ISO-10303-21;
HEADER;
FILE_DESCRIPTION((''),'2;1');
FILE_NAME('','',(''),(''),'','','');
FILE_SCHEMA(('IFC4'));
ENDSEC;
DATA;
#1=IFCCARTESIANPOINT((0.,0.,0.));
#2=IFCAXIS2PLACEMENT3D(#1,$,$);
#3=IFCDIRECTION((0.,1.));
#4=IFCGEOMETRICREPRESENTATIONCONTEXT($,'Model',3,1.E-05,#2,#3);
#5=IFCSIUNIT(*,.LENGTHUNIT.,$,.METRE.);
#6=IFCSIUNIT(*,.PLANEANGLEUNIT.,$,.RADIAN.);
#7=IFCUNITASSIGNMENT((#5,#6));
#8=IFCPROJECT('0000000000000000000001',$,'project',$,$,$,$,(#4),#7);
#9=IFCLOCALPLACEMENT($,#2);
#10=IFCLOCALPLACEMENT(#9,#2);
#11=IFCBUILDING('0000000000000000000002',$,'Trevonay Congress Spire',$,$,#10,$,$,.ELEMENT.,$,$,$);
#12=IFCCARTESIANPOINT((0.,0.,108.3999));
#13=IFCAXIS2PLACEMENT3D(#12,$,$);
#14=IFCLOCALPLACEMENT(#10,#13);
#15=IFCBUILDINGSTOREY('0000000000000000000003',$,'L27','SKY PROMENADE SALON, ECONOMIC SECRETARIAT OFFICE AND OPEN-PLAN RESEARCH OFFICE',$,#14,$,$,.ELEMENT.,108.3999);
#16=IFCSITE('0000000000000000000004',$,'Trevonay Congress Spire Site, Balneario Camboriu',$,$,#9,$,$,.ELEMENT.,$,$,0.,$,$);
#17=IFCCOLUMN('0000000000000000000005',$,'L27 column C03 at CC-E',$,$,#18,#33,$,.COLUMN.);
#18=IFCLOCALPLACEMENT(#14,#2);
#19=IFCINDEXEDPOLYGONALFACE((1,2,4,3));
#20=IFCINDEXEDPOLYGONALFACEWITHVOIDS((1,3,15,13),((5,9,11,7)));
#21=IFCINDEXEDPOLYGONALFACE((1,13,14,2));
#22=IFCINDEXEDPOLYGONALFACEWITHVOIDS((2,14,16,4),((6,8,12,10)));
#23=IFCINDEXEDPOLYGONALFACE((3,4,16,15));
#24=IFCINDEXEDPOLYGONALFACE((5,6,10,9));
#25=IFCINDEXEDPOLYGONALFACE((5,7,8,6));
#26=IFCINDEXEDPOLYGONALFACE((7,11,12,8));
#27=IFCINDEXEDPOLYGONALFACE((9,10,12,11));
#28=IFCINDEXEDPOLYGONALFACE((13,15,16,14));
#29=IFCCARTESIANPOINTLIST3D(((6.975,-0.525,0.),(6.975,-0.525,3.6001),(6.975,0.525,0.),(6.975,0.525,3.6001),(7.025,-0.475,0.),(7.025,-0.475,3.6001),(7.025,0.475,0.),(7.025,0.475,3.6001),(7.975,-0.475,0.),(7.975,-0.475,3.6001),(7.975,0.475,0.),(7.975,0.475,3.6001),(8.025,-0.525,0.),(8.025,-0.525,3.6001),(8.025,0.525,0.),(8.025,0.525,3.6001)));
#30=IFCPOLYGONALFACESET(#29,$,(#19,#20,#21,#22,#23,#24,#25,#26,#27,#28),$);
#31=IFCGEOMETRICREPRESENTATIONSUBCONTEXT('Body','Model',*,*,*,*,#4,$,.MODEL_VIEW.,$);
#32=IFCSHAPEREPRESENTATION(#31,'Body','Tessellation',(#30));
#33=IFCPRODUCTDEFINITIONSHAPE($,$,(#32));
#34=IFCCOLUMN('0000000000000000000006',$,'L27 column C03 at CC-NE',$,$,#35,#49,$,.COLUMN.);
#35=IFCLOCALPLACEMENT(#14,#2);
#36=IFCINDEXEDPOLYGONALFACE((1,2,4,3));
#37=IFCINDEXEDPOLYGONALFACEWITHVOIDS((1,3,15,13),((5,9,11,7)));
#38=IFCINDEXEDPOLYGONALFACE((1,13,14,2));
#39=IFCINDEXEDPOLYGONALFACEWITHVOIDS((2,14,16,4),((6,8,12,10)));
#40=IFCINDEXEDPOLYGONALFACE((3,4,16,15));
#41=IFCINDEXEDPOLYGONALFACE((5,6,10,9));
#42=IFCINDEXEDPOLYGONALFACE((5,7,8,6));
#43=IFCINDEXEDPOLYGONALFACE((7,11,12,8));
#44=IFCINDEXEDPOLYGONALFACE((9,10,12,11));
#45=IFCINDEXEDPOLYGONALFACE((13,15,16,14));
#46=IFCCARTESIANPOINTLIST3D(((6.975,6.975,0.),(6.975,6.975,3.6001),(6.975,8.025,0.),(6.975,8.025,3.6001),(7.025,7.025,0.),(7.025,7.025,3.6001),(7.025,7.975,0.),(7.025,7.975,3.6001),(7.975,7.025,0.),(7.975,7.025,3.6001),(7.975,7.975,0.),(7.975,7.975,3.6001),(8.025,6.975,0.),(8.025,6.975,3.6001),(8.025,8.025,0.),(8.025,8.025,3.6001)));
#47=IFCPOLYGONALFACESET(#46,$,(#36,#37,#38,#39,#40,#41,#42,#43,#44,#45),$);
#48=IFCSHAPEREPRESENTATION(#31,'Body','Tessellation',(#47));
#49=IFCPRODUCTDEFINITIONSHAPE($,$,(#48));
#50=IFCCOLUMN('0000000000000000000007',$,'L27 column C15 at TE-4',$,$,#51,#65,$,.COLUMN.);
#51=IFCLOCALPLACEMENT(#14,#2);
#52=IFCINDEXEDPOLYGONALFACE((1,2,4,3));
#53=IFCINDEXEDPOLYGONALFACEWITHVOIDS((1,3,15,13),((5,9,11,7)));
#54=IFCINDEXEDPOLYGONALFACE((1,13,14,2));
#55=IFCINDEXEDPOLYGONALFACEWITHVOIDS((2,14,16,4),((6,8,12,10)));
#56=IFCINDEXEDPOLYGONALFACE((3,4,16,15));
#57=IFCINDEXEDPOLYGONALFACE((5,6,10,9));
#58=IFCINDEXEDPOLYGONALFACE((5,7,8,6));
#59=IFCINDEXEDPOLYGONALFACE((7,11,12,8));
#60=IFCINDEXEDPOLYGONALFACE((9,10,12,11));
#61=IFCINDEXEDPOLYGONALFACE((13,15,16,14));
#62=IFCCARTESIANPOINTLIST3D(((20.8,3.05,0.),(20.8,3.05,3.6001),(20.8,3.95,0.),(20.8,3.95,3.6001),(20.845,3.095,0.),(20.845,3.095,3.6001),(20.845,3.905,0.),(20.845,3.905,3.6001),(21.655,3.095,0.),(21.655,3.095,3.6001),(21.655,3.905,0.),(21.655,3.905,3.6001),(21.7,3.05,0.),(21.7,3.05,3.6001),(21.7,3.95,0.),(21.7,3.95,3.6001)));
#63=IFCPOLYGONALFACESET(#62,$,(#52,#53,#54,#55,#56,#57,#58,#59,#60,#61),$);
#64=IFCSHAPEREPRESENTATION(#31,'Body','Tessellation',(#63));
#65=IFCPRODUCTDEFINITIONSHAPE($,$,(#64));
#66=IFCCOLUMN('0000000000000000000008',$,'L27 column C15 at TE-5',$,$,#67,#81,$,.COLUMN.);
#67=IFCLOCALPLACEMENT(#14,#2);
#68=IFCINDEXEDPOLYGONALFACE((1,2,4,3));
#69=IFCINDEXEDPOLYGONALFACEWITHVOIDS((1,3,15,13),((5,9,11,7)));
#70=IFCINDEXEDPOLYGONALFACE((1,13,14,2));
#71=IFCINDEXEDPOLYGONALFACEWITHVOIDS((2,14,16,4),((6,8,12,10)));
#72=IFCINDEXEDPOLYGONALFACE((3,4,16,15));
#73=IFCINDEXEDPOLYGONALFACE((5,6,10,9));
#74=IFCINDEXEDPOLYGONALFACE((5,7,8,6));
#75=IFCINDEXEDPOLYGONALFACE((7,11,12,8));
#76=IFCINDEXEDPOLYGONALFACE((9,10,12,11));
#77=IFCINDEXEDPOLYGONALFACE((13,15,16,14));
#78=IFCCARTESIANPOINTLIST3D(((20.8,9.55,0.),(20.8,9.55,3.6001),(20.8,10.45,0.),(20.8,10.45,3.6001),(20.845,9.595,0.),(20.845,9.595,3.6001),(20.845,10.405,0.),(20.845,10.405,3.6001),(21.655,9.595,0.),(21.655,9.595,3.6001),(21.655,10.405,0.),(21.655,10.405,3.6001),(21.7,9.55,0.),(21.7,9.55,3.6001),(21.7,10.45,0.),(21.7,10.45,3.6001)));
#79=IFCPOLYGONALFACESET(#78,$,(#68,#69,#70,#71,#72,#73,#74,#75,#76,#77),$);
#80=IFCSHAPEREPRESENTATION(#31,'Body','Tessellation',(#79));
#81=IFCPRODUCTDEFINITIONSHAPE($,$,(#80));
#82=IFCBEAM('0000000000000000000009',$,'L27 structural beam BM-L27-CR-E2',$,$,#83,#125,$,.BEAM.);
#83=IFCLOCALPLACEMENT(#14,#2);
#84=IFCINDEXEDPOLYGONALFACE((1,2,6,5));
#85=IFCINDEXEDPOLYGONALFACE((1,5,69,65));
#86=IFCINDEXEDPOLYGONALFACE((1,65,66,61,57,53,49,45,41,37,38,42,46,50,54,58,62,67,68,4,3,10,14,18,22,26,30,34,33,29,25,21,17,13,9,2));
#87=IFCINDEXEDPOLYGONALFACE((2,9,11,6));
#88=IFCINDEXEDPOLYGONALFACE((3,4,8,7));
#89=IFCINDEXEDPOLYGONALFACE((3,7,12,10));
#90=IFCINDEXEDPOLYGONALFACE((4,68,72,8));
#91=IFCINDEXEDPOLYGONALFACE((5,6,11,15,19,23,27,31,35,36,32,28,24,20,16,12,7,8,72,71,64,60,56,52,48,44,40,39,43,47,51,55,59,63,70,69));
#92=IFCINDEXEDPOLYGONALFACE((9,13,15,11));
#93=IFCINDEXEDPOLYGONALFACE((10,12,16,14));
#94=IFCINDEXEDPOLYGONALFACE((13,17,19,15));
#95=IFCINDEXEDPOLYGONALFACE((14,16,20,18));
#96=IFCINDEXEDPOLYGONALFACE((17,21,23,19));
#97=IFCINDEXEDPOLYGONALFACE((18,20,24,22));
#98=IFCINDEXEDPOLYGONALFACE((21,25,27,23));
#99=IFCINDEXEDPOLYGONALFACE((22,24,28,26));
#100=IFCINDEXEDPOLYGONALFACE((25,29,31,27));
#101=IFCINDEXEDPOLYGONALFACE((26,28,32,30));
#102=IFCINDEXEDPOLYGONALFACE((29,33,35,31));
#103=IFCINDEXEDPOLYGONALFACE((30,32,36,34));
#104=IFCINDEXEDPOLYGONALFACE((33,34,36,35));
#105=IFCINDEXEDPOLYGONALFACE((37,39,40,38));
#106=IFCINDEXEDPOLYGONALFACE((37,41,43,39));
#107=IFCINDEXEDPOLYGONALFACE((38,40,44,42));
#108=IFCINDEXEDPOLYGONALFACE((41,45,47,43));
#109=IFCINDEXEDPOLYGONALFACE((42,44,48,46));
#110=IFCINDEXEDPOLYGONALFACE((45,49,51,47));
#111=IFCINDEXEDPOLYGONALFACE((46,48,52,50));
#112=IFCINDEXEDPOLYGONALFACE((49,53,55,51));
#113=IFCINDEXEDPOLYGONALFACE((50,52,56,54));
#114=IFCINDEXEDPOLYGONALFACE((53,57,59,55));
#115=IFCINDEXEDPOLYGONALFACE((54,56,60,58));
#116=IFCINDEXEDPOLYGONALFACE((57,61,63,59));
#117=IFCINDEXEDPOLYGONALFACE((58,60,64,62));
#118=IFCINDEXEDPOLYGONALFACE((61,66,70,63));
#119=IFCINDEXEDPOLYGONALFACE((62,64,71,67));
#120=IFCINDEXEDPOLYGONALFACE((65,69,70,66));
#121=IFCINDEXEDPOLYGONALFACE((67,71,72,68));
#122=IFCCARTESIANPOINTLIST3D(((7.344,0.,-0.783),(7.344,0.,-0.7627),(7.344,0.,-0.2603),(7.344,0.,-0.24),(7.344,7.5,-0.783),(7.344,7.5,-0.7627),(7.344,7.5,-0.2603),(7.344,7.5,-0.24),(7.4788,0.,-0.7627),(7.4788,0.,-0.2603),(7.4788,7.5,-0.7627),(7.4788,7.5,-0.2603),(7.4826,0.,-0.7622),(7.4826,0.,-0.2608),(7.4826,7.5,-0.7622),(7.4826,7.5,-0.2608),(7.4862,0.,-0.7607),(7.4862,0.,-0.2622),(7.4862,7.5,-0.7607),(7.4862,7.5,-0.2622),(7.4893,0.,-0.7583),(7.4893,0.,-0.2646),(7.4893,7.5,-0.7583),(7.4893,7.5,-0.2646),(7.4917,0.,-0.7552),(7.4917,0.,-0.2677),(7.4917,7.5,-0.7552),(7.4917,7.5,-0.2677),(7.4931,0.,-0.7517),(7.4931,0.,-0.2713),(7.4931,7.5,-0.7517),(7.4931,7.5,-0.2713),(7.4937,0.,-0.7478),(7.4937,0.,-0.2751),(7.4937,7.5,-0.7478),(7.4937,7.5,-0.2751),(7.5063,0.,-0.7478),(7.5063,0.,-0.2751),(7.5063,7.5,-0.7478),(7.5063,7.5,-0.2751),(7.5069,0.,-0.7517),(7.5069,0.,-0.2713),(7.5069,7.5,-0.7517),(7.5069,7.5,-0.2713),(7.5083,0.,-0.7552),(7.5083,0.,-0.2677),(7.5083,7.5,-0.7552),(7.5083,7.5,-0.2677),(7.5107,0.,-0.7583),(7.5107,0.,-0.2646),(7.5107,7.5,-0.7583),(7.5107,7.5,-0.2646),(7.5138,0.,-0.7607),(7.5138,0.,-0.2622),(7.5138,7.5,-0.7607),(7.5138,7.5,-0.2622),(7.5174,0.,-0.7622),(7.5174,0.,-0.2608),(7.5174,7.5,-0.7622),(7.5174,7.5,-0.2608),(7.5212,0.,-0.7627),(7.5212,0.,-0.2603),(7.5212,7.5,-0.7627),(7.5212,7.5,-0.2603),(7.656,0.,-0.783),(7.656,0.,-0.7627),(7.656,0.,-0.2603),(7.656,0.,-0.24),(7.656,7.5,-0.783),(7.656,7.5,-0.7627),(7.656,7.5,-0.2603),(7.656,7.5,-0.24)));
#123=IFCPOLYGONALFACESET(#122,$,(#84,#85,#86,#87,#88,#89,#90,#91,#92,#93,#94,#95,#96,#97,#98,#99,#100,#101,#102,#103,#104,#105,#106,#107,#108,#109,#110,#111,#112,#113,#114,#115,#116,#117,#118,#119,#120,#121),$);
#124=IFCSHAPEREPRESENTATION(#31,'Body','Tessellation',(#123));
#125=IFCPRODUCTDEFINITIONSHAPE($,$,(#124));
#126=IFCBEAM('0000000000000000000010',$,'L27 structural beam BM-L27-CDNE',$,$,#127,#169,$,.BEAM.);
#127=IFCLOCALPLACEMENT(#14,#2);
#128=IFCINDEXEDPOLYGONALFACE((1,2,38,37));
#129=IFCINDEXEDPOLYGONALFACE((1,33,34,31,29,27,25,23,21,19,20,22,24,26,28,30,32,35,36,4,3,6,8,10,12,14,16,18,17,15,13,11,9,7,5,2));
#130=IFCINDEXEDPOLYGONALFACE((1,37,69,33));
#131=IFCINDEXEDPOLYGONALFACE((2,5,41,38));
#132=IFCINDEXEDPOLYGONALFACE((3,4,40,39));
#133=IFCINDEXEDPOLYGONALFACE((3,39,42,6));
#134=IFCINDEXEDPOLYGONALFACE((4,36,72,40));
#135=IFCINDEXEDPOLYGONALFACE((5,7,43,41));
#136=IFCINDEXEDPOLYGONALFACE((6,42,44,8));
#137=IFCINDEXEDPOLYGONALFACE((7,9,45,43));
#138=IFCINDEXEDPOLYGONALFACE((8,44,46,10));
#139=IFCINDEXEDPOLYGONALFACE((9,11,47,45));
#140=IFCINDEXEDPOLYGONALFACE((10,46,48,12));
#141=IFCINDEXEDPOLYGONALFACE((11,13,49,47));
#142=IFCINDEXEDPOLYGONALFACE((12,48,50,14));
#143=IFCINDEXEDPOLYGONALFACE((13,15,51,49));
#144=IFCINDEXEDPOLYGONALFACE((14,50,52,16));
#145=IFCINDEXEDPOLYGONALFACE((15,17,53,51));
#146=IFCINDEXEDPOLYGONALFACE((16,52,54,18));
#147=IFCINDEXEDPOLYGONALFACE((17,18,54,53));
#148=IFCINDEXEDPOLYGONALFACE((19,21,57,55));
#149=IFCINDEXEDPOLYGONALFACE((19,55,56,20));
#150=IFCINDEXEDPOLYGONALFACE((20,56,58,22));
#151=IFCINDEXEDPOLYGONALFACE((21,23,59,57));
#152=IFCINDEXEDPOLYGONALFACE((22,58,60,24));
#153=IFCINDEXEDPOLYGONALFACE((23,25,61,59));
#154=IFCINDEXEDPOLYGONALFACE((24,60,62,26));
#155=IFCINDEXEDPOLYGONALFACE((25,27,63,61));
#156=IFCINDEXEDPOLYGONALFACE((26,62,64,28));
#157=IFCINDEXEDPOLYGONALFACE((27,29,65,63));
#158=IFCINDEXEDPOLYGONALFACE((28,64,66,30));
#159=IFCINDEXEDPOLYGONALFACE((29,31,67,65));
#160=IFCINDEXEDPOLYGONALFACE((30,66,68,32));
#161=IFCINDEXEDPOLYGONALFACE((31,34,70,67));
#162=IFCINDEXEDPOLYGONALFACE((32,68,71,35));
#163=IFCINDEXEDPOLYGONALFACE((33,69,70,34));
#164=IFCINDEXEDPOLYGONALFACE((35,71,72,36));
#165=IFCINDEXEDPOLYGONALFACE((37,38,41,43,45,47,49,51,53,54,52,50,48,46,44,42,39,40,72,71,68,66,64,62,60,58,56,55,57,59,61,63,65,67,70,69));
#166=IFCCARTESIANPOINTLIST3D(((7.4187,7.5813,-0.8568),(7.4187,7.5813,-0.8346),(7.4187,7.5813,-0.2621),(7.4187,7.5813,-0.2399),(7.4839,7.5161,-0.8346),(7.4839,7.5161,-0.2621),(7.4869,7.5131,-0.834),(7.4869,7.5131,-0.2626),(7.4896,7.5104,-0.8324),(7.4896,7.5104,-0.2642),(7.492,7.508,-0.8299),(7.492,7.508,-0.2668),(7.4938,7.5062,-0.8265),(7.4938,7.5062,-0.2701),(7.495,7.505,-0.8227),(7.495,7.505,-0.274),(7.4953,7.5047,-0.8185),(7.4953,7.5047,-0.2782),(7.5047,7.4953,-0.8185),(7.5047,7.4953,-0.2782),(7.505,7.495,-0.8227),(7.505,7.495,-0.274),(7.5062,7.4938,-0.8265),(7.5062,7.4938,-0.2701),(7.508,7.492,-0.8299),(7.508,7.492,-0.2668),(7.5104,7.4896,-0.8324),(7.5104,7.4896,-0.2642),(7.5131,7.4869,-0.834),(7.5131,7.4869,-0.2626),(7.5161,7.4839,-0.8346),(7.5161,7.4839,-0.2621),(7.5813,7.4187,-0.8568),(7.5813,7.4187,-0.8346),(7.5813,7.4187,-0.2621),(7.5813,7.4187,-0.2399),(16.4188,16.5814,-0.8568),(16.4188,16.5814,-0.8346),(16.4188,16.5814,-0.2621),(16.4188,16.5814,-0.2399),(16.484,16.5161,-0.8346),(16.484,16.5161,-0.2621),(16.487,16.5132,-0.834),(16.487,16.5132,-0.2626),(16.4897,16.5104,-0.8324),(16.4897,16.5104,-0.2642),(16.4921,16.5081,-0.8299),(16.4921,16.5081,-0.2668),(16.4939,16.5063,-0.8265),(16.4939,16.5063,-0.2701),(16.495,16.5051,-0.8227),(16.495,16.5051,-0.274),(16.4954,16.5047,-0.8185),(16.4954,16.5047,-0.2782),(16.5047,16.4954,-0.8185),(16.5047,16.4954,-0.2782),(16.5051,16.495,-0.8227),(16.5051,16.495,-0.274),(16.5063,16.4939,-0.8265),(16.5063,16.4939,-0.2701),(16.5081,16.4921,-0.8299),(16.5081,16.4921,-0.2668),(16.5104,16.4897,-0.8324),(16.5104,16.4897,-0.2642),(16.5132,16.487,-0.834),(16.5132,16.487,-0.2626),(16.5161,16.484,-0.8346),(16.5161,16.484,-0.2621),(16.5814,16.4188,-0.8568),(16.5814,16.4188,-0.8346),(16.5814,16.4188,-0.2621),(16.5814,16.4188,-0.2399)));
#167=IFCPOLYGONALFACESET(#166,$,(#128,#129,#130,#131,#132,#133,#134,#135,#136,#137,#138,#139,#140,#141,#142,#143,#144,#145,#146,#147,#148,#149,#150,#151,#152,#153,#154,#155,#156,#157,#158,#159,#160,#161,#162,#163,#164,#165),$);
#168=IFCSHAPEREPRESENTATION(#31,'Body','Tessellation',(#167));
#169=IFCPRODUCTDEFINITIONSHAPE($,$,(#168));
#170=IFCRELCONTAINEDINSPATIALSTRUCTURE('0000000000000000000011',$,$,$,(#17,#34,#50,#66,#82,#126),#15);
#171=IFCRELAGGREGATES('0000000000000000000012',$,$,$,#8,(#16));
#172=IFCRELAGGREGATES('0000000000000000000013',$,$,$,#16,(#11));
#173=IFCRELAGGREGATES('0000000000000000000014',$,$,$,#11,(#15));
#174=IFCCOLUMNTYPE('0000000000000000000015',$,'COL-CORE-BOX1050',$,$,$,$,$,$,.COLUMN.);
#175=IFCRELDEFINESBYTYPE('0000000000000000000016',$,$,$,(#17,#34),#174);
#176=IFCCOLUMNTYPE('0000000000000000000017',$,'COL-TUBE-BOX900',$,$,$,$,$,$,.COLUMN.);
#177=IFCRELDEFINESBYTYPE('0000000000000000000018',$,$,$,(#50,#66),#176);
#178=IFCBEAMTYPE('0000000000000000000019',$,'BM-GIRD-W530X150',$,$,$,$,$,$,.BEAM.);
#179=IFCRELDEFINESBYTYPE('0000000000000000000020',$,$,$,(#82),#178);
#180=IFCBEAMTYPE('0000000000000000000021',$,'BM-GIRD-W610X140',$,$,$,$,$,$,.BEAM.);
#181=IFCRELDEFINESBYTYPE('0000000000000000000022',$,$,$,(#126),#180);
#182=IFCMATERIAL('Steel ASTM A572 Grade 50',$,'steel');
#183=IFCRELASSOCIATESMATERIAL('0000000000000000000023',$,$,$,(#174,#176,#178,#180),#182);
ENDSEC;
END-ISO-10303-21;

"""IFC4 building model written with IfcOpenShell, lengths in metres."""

from ifc_helpers import new_model, si_unit, direction, frame, origin, origin_2d, place, context, subcontext, project, spatial, hollow_rectangle, i_section, extrude, material, material_profile, profile_set, type_object, element, save


model = new_model("IFC4")

# Units and contexts
model_context = context("Model", 3, precision=1e-05, world=origin(), true_north=direction((0.0, 1.0)))
body_context = subcontext(model_context, "Body", "Model", "MODEL_VIEW")
ifc_project = project(units=[si_unit("LENGTHUNIT", "METRE"), si_unit("PLANEANGLEUNIT", "RADIAN")], contexts=[model_context])

# Site, building, storey
site_placement = place(None, origin())
site = spatial("IfcSite", under=ifc_project, at=site_placement, Name="Trevonay Congress Spire Site, Balneario Camboriu", CompositionType="ELEMENT", RefElevation=0.0)
building_placement = place(site_placement, origin())
building = spatial("IfcBuilding", under=site, at=building_placement, Name="Trevonay Congress Spire", CompositionType="ELEMENT")
storey_placement = place(building_placement, frame((0.0, 0.0, 108.3999)))
storey = spatial("IfcBuildingStorey", under=building, at=storey_placement, Name="L27", Description="SKY PROMENADE SALON, ECONOMIC SECRETARIAT OFFICE AND OPEN-PLAN RESEARCH OFFICE", CompositionType="ELEMENT", Elevation=108.3999)

# Columns
ifc_material_1 = material(Name="Steel ASTM A572 Grade 50", Category="steel")
ifc_material_profile_1 = material_profile(ifc_material_1, hollow_rectangle(XDim=1.05, YDim=1.05, WallThickness=0.05, at=origin_2d()), Name="BOX 1050x1050x50")
ifc_profile_set_1 = profile_set([ifc_material_profile_1], Name="Steel ASTM A572 Grade 50")
column_type_1 = type_object("IfcColumnType", Name="COL-CORE-BOX1050", PredefinedType="COLUMN", material=ifc_profile_set_1)
for number, where, z_axis, x_axis, name in (
    (1, (7.5, 0.0, 0.0), (0.0, 0.0, 1.0), (1.0, 0.0, 0.0), "L27 column C03 at CC-E"),
    (2, (7.5, 7.5, 0.0), (0.0, 0.0, 1.0), (1.0, 0.0, 0.0), "L27 column C03 at CC-NE"),
):
    element("IfcColumn", number, at=place(storey_placement, frame(where, z_axis=z_axis, x_axis=x_axis)), inside=storey, type_object=column_type_1, Name=name, PredefinedType="COLUMN", context=body_context, shape_type="SweptSolid", body=[
        extrude(hollow_rectangle(XDim=1.05, YDim=1.05, WallThickness=0.05, at=origin_2d()), origin(), (0.0, 0.0, 1.0), 3.6001),
    ])
ifc_material_profile_2 = material_profile(ifc_material_1, hollow_rectangle(XDim=0.8999, YDim=0.8999, WallThickness=0.0449, at=origin_2d()), Name="BOX 900x900x45")
ifc_profile_set_2 = profile_set([ifc_material_profile_2], Name="Steel ASTM A572 Grade 50")
column_type_2 = type_object("IfcColumnType", Name="COL-TUBE-BOX900", PredefinedType="COLUMN", material=ifc_profile_set_2)
for number, where, z_axis, x_axis, name in (
    (3, (21.25, 3.5, 0.0), (0.0, 0.0, 1.0), (1.0, 0.0, 0.0), "L27 column C15 at TE-4"),
    (4, (21.25, 10.0, 0.0), (0.0, 0.0, 1.0), (1.0, 0.0, 0.0), "L27 column C15 at TE-5"),
):
    element("IfcColumn", number, at=place(storey_placement, frame(where, z_axis=z_axis, x_axis=x_axis)), inside=storey, type_object=column_type_2, Name=name, PredefinedType="COLUMN", context=body_context, shape_type="SweptSolid", body=[
        extrude(hollow_rectangle(XDim=0.8999, YDim=0.8999, WallThickness=0.0449, at=origin_2d()), origin(), (0.0, 0.0, 1.0), 3.6001),
    ])

# Beams
ifc_material_profile_3 = material_profile(ifc_material_1, i_section(OverallWidth=0.312, OverallDepth=0.543, WebThickness=0.0127, FlangeThickness=0.0203, FilletRadius=0.0149, at=origin_2d()), Name="W530x150")
ifc_profile_set_3 = profile_set([ifc_material_profile_3], Name="Steel ASTM A572 Grade 50")
beam_type_1 = type_object("IfcBeamType", Name="BM-GIRD-W530X150", PredefinedType="BEAM", material=ifc_profile_set_3)
beam_1_placement = place(storey_placement, frame((7.5, 0.0, -0.5115), z_axis=(0.0, 1.0, 0.0), x_axis=(-1.0, 0.0, 0.0)))
element("IfcBeam", 5, at=beam_1_placement, inside=storey, type_object=beam_type_1, Name="L27 structural beam BM-L27-CR-E2", PredefinedType="BEAM", context=body_context, shape_type="SweptSolid", body=[
    extrude(i_section(OverallWidth=0.312, OverallDepth=0.543, WebThickness=0.0127, FlangeThickness=0.0203, FilletRadius=0.0149, at=origin_2d()), origin(), (0.0, 0.0, 1.0), 7.5),
])
ifc_material_profile_4 = material_profile(ifc_material_1, i_section(OverallWidth=0.23, OverallDepth=0.6169, WebThickness=0.0132, FlangeThickness=0.0222, FilletRadius=0.0161, at=origin_2d()), Name="W610x140")
ifc_profile_set_4 = profile_set([ifc_material_profile_4], Name="Steel ASTM A572 Grade 50")
beam_type_2 = type_object("IfcBeamType", Name="BM-GIRD-W610X140", PredefinedType="BEAM", material=ifc_profile_set_4)
beam_2_placement = place(storey_placement, frame((7.5, 7.5, -0.5483), z_axis=(0.707107, 0.707107, 0.0), x_axis=(-0.707107, 0.707107, 0.0)))
element("IfcBeam", 6, at=beam_2_placement, inside=storey, type_object=beam_type_2, Name="L27 structural beam BM-L27-CDNE", PredefinedType="BEAM", context=body_context, shape_type="SweptSolid", body=[
    extrude(i_section(OverallWidth=0.23, OverallDepth=0.6169, WebThickness=0.0132, FlangeThickness=0.0222, FilletRadius=0.0161, at=origin_2d()), origin(), (0.0, 0.0, 1.0), 12.728),
])

save(model, "model.ifc")
